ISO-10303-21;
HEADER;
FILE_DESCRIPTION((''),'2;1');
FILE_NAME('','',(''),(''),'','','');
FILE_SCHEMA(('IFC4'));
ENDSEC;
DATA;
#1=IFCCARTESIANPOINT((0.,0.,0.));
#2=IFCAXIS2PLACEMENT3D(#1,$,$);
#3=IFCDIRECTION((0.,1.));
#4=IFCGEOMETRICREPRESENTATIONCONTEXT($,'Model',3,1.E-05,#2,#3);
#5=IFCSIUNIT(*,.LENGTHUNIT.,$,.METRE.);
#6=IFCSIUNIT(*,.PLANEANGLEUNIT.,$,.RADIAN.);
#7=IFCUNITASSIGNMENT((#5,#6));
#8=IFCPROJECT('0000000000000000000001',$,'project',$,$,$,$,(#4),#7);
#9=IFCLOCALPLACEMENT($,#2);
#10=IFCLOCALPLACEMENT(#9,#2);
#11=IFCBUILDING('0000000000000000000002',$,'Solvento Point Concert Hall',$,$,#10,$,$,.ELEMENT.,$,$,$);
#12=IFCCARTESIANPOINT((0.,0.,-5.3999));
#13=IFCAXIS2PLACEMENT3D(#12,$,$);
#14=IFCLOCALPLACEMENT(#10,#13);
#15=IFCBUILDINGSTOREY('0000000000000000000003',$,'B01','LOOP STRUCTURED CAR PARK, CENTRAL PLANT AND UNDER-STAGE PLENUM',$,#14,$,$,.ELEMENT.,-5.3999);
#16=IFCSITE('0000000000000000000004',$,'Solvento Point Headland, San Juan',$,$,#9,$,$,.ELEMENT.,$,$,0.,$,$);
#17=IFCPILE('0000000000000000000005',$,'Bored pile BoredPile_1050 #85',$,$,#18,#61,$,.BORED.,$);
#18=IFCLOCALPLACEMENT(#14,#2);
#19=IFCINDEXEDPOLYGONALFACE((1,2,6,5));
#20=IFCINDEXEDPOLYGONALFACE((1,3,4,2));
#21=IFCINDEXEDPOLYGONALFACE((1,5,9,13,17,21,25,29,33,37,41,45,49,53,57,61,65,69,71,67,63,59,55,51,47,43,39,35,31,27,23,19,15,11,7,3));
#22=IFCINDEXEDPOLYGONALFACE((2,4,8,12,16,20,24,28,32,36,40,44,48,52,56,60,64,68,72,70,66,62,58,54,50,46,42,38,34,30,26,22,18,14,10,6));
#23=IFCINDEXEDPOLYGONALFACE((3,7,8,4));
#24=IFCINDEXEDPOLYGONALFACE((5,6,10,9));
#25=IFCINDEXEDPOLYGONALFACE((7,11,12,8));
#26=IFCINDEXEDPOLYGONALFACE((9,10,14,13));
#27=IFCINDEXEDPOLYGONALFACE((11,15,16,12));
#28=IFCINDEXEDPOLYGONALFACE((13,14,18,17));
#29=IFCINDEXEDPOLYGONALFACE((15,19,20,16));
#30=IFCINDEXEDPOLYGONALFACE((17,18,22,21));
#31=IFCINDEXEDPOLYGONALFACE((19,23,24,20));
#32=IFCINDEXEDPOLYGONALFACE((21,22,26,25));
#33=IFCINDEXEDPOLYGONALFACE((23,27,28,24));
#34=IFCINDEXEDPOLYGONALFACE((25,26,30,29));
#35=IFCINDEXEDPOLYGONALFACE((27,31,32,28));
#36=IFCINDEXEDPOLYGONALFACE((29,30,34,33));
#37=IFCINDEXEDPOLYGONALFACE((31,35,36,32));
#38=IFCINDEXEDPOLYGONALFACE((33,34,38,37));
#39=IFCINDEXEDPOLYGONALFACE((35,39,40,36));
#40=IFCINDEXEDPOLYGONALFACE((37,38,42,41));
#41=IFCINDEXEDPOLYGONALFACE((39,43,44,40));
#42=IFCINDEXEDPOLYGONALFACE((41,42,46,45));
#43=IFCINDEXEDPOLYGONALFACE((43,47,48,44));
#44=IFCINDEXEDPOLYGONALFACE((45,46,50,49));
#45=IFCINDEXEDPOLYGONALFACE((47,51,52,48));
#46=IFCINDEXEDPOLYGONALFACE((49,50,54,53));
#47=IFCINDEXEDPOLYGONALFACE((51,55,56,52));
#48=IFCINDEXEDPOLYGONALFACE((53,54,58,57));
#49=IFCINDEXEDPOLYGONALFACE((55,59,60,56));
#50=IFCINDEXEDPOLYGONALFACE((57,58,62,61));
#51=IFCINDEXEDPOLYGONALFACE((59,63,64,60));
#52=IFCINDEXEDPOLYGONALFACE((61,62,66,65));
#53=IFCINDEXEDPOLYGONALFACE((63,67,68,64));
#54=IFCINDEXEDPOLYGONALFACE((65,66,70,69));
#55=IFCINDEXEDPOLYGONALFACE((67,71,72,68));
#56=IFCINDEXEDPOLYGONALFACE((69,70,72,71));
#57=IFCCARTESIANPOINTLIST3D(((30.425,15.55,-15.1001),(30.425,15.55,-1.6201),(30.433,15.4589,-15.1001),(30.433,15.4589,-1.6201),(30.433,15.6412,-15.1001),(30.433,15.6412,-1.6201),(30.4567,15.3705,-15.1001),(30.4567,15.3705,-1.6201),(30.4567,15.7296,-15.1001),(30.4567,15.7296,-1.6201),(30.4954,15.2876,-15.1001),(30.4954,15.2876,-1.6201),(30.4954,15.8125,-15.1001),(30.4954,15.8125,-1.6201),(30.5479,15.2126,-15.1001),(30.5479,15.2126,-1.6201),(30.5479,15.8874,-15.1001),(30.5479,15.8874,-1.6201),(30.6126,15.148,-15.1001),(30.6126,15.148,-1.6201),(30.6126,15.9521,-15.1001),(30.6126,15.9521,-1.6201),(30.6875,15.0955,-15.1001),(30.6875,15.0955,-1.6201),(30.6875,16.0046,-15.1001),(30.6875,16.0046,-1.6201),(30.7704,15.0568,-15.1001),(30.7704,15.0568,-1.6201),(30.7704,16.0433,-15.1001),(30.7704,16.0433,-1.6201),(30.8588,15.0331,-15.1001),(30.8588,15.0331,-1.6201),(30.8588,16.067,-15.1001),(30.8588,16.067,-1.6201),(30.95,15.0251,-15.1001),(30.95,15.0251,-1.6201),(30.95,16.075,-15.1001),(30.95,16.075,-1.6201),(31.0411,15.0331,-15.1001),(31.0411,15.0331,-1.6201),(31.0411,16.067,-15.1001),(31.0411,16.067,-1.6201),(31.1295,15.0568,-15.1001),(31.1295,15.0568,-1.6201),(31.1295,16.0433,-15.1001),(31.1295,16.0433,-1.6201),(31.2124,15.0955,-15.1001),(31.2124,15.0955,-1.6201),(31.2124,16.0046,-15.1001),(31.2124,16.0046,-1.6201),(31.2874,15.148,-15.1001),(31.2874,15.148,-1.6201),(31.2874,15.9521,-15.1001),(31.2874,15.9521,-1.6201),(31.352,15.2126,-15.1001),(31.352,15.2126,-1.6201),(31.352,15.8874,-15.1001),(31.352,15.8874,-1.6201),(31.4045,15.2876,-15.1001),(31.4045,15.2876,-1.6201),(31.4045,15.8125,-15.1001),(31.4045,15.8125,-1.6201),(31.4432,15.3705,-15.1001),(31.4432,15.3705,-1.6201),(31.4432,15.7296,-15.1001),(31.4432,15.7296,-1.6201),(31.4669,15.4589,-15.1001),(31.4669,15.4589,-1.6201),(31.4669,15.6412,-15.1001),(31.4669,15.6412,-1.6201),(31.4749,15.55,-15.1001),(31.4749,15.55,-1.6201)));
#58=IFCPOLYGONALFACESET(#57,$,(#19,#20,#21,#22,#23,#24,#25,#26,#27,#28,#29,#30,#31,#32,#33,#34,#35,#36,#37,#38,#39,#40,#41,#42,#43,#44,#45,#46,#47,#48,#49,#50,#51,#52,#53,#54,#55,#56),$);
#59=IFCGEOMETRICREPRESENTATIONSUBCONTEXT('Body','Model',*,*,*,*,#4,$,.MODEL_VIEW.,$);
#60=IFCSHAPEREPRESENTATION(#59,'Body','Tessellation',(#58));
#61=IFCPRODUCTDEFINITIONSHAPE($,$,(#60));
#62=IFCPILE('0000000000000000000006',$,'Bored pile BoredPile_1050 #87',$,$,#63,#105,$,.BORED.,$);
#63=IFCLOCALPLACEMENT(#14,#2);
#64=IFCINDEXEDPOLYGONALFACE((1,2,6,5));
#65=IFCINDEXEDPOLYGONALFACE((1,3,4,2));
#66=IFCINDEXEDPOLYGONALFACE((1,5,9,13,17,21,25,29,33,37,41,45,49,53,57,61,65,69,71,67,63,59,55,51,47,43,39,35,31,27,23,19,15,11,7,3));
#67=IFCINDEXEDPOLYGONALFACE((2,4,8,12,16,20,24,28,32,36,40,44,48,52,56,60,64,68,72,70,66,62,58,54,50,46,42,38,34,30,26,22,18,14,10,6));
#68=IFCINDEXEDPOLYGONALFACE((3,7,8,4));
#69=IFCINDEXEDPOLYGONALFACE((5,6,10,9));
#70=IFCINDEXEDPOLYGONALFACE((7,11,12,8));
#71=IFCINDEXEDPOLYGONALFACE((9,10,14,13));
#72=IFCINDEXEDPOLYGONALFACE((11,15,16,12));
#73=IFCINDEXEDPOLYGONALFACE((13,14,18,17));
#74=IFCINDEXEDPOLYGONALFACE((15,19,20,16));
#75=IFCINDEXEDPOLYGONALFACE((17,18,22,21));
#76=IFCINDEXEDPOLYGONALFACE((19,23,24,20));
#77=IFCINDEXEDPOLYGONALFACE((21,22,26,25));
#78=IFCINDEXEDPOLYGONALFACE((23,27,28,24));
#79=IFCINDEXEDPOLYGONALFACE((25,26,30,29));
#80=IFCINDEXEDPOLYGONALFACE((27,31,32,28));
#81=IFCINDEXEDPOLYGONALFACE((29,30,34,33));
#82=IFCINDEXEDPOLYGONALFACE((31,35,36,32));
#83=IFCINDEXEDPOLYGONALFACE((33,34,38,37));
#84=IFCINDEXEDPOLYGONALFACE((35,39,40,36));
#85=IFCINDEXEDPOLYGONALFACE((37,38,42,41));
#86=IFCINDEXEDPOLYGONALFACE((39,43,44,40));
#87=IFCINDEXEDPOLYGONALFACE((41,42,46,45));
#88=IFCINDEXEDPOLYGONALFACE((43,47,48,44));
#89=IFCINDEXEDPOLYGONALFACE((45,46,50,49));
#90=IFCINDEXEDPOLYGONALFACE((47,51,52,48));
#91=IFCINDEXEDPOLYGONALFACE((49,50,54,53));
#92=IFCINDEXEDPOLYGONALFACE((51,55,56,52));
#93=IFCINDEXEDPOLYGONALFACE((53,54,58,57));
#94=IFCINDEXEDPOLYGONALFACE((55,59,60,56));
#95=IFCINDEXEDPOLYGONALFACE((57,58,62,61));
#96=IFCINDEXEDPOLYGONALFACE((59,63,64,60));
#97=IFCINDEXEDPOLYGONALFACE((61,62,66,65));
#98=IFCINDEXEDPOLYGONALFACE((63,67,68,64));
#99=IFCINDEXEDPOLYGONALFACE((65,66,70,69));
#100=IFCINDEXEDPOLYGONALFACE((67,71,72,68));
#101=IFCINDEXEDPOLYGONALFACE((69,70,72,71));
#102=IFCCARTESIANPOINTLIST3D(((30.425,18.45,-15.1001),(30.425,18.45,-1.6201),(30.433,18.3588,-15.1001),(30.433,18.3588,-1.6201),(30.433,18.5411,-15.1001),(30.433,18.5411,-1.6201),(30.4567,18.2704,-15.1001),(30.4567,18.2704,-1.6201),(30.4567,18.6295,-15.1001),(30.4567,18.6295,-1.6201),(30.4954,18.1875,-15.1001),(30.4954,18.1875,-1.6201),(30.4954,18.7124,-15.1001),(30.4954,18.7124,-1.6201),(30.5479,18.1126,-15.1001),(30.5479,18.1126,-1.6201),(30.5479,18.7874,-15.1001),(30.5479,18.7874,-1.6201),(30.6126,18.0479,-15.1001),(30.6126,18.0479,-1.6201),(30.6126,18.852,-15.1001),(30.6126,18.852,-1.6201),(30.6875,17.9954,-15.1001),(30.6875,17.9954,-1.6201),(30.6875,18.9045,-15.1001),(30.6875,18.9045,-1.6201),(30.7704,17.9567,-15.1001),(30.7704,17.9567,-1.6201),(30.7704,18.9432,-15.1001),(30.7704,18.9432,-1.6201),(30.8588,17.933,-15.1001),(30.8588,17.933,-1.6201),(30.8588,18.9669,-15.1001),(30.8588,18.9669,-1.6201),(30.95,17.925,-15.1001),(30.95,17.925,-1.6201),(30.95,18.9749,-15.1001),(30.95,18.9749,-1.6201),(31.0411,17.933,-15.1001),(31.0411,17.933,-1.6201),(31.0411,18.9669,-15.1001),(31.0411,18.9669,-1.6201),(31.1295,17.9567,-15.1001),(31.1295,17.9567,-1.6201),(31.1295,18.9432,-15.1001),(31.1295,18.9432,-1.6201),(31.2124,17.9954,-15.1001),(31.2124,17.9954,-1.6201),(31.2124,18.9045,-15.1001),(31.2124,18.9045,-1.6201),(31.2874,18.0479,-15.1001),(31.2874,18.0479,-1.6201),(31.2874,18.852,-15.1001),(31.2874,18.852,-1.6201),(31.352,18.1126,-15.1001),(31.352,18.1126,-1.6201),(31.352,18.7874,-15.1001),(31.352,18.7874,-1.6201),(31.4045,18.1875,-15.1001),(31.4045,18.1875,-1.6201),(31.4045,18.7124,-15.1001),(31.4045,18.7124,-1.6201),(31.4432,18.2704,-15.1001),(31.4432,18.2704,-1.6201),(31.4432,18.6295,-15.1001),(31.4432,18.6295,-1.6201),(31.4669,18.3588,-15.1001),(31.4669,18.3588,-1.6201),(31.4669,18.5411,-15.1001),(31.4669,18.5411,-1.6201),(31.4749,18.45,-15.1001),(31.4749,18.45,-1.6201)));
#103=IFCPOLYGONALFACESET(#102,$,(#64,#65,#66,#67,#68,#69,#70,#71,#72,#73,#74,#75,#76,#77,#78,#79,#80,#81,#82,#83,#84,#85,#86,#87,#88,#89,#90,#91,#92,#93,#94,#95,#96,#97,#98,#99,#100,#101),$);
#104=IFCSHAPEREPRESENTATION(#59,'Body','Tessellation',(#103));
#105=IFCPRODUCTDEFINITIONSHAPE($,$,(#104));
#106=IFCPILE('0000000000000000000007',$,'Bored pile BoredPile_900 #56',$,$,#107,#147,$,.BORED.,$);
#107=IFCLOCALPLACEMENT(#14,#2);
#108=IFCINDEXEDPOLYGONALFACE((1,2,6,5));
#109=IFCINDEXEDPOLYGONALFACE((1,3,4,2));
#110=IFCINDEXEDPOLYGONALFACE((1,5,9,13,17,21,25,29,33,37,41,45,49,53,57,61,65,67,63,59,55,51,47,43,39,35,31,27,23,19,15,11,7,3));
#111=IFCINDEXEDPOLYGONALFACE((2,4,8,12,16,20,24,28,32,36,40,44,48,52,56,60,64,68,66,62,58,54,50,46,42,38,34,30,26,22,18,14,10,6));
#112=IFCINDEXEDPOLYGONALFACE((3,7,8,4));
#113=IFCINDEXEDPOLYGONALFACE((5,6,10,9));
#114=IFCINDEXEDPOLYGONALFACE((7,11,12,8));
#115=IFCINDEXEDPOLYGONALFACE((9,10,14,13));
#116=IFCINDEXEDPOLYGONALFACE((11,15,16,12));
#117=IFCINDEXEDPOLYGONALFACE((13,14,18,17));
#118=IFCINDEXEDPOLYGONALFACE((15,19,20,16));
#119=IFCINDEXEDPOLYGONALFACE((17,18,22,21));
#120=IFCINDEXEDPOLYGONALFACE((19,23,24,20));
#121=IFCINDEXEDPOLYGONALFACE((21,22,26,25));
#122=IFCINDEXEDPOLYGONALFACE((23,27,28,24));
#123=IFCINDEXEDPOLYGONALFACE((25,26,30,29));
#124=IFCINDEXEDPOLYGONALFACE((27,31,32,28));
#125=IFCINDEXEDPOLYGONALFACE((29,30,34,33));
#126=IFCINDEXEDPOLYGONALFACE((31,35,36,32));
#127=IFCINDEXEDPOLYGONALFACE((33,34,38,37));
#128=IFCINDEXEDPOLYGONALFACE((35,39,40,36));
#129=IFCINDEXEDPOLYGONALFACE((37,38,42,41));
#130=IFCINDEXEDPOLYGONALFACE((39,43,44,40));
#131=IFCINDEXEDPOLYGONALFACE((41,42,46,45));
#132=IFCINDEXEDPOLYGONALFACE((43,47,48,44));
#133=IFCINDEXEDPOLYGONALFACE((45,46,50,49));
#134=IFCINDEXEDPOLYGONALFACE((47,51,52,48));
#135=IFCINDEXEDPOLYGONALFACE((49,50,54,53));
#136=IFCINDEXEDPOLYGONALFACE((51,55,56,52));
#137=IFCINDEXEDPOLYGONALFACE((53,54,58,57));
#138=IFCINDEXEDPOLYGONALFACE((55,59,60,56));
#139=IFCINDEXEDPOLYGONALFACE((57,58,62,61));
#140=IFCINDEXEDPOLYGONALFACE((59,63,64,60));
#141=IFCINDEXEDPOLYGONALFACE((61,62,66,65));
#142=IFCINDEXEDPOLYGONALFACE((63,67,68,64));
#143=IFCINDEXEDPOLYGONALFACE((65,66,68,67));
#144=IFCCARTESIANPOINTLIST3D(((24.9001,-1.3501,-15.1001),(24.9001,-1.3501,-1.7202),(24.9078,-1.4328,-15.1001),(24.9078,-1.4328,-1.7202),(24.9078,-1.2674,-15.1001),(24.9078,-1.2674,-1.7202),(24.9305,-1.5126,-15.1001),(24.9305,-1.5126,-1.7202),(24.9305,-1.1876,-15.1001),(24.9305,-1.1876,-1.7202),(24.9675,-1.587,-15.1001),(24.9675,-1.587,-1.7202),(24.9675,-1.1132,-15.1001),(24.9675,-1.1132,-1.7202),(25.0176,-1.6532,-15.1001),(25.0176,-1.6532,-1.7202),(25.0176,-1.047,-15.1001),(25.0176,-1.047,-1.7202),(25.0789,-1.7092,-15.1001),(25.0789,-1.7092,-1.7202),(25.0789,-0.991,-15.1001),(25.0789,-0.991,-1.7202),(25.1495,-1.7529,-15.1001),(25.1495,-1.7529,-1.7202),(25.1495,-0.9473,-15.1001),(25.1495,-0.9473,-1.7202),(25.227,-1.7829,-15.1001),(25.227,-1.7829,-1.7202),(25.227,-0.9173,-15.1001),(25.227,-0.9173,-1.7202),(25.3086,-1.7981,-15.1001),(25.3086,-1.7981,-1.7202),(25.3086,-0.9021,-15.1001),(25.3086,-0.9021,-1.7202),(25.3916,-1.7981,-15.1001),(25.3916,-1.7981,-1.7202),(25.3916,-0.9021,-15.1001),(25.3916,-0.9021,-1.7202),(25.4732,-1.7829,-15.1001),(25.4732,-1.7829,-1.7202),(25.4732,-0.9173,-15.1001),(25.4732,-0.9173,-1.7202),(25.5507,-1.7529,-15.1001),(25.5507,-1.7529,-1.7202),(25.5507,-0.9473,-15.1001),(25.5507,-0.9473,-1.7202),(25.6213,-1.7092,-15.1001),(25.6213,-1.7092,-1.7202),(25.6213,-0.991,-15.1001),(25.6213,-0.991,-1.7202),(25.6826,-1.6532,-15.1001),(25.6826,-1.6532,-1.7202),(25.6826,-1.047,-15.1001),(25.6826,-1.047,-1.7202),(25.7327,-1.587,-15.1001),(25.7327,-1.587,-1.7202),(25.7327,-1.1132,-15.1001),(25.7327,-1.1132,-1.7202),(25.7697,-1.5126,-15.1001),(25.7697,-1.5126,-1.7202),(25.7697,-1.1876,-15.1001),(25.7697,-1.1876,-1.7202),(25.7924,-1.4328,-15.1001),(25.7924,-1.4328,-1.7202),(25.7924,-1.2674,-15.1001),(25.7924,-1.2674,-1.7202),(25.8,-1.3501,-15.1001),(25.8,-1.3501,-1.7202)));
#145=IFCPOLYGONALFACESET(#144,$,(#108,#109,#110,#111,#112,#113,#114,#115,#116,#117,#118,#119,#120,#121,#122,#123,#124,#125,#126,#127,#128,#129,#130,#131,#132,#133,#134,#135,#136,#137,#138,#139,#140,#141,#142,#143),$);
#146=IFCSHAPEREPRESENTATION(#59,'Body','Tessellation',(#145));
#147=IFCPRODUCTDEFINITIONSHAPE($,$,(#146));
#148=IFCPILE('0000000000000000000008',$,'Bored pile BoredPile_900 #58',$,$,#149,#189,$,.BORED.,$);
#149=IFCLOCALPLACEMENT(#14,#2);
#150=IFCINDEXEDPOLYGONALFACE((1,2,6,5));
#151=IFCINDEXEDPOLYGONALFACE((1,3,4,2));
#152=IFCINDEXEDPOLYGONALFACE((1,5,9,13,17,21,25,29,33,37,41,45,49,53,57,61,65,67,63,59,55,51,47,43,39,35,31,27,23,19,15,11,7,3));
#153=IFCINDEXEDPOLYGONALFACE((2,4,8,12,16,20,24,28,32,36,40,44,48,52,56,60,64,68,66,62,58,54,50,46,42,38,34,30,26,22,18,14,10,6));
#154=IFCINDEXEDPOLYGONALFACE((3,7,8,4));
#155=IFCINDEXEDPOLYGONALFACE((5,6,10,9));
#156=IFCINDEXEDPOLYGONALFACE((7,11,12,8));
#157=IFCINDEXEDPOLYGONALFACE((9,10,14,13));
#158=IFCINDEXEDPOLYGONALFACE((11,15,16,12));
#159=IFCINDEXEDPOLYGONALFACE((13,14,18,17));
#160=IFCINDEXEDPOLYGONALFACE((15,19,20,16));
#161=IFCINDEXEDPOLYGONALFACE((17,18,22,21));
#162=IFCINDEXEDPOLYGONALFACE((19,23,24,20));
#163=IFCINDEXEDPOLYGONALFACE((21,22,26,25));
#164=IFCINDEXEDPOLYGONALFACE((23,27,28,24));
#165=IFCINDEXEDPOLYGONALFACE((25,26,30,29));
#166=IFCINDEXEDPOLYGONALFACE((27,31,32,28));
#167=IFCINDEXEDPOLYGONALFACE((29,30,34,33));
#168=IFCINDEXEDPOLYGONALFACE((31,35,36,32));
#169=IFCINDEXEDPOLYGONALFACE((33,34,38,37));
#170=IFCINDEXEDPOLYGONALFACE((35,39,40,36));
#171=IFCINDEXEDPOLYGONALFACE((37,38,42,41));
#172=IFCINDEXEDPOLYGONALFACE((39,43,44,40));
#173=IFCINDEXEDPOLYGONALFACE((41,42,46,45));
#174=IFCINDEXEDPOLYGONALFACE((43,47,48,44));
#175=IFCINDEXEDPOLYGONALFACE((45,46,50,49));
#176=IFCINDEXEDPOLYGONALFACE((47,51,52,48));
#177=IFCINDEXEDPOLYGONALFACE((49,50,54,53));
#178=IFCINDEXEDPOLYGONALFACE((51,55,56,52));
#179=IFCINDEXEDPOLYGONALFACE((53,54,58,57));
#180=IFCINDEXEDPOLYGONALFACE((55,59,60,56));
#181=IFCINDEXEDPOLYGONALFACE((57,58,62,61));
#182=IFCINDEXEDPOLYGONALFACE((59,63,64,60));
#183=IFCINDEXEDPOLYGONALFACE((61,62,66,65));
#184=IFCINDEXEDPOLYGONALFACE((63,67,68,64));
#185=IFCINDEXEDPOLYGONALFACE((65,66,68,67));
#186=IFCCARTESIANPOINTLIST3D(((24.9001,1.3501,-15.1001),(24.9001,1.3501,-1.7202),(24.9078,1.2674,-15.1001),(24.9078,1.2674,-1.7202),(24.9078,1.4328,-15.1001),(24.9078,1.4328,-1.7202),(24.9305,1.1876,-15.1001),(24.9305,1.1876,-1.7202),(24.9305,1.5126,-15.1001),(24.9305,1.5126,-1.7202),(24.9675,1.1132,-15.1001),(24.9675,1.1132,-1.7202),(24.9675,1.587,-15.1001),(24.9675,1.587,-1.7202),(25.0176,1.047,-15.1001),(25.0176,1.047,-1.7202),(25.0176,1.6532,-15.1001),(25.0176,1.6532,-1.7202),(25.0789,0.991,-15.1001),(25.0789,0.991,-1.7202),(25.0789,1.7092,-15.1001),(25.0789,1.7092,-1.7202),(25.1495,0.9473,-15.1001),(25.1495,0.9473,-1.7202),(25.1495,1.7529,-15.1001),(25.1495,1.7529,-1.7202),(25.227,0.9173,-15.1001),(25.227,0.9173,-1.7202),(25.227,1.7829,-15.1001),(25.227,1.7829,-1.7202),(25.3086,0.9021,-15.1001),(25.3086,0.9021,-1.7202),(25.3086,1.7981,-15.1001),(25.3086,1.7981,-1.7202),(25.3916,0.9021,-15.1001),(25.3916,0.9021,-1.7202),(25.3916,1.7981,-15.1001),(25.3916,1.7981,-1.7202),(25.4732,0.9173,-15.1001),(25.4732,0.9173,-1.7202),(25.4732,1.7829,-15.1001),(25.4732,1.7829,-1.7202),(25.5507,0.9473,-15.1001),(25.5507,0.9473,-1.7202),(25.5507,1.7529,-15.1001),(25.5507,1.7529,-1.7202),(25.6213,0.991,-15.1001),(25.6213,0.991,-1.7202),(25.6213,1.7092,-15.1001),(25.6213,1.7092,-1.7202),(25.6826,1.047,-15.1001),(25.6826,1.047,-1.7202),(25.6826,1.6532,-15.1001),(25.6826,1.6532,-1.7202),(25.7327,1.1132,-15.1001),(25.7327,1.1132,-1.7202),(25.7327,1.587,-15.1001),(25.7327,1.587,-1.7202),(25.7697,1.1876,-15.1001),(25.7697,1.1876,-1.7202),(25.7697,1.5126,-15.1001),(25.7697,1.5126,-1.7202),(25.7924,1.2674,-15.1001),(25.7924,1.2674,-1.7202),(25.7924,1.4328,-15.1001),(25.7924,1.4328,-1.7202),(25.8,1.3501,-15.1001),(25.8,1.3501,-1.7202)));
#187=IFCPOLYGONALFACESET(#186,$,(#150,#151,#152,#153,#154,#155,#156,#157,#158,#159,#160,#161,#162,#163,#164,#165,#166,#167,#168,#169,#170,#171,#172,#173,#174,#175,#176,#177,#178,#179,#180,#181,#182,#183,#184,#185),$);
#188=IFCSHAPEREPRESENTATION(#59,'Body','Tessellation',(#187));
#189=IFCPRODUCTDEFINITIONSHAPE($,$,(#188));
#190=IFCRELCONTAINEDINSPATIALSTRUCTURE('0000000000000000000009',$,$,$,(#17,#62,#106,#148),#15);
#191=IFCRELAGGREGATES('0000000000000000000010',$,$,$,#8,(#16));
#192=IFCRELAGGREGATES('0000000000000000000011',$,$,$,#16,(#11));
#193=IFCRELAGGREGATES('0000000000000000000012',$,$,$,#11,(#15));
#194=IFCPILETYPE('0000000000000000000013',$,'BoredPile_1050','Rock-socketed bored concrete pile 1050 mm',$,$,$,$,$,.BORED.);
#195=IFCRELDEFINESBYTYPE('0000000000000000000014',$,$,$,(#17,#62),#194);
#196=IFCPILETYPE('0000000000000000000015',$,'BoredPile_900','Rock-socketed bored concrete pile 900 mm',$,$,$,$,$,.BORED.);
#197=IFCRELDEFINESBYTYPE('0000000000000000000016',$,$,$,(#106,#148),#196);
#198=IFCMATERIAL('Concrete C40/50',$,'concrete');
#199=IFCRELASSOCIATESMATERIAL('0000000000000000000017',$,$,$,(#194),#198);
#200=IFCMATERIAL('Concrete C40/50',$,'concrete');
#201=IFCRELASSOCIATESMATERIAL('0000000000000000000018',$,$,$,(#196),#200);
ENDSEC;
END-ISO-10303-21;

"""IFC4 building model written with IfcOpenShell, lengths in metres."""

from ifc_helpers import new_model, si_unit, direction, frame, origin, origin_2d, place, context, subcontext, project, spatial, circle, extrude, material, material_profile, profile_set, type_object, element, save


model = new_model("IFC4")

# Units and contexts
model_context = context("Model", 3, precision=1e-05, world=origin(), true_north=direction((0.0, 1.0)))
body_context = subcontext(model_context, "Body", "Model", "MODEL_VIEW")
ifc_project = project(units=[si_unit("LENGTHUNIT", "METRE"), si_unit("PLANEANGLEUNIT", "RADIAN")], contexts=[model_context])

# Site, building, storey
site_placement = place(None, origin())
site = spatial("IfcSite", under=ifc_project, at=site_placement, Name="Solvento Point Headland, San Juan", CompositionType="ELEMENT", RefElevation=0.0)
building_placement = place(site_placement, origin())
building = spatial("IfcBuilding", under=site, at=building_placement, Name="Solvento Point Concert Hall", CompositionType="ELEMENT")
storey_placement = place(building_placement, frame((0.0, 0.0, -5.3999)))
storey = spatial("IfcBuildingStorey", under=building, at=storey_placement, Name="B01", Description="LOOP STRUCTURED CAR PARK, CENTRAL PLANT AND UNDER-STAGE PLENUM", CompositionType="ELEMENT", Elevation=-5.3999)

# Piles
ifc_material_1 = material(Name="Concrete C40/50", Category="concrete")
ifc_material_profile_1 = material_profile(ifc_material_1, circle(Radius=0.5249, at=origin_2d()), Name="BP-1050")
ifc_profile_set_1 = profile_set([ifc_material_profile_1], Name="Concrete C40/50")
pile_type_1 = type_object("IfcPileType", Name="BoredPile_1050", Description="Rock-socketed bored concrete pile 1050 mm", PredefinedType="BORED", material=ifc_profile_set_1)
for number, where, z_axis, x_axis, name in (
    (1, (30.95, 15.55, -1.6201), (0.0, 0.0, -1.0), (1.0, 0.0, 0.0), "Bored pile BoredPile_1050 #85"),
    (2, (30.95, 18.45, -1.6201), (0.0, 0.0, -1.0), (1.0, 0.0, 0.0), "Bored pile BoredPile_1050 #87"),
):
    element("IfcPile", number, at=place(storey_placement, frame(where, z_axis=z_axis, x_axis=x_axis)), inside=storey, type_object=pile_type_1, Name=name, PredefinedType="BORED", context=body_context, shape_type="SweptSolid", body=[
        extrude(circle(Radius=0.5249, at=origin_2d()), origin(), (0.0, 0.0, 1.0), 13.48),
    ])
ifc_material_2 = material(Name="Concrete C40/50", Category="concrete")
ifc_material_profile_2 = material_profile(ifc_material_2, circle(Radius=0.45, at=origin_2d()), Name="BP-900")
ifc_profile_set_2 = profile_set([ifc_material_profile_2], Name="Concrete C40/50")
pile_type_2 = type_object("IfcPileType", Name="BoredPile_900", Description="Rock-socketed bored concrete pile 900 mm", PredefinedType="BORED", material=ifc_profile_set_2)
for number, where, z_axis, x_axis, name in (
    (3, (25.3501, -1.3501, -1.7202), (0.0, 0.0, -1.0), (1.0, 0.0, 0.0), "Bored pile BoredPile_900 #56"),
    (4, (25.3501, 1.3501, -1.7202), (0.0, 0.0, -1.0), (1.0, 0.0, 0.0), "Bored pile BoredPile_900 #58"),
):
    element("IfcPile", number, at=place(storey_placement, frame(where, z_axis=z_axis, x_axis=x_axis)), inside=storey, type_object=pile_type_2, Name=name, PredefinedType="BORED", context=body_context, shape_type="SweptSolid", body=[
        extrude(circle(Radius=0.45, at=origin_2d()), origin(), (0.0, 0.0, 1.0), 13.3799),
    ])

save(model, "model.ifc")
